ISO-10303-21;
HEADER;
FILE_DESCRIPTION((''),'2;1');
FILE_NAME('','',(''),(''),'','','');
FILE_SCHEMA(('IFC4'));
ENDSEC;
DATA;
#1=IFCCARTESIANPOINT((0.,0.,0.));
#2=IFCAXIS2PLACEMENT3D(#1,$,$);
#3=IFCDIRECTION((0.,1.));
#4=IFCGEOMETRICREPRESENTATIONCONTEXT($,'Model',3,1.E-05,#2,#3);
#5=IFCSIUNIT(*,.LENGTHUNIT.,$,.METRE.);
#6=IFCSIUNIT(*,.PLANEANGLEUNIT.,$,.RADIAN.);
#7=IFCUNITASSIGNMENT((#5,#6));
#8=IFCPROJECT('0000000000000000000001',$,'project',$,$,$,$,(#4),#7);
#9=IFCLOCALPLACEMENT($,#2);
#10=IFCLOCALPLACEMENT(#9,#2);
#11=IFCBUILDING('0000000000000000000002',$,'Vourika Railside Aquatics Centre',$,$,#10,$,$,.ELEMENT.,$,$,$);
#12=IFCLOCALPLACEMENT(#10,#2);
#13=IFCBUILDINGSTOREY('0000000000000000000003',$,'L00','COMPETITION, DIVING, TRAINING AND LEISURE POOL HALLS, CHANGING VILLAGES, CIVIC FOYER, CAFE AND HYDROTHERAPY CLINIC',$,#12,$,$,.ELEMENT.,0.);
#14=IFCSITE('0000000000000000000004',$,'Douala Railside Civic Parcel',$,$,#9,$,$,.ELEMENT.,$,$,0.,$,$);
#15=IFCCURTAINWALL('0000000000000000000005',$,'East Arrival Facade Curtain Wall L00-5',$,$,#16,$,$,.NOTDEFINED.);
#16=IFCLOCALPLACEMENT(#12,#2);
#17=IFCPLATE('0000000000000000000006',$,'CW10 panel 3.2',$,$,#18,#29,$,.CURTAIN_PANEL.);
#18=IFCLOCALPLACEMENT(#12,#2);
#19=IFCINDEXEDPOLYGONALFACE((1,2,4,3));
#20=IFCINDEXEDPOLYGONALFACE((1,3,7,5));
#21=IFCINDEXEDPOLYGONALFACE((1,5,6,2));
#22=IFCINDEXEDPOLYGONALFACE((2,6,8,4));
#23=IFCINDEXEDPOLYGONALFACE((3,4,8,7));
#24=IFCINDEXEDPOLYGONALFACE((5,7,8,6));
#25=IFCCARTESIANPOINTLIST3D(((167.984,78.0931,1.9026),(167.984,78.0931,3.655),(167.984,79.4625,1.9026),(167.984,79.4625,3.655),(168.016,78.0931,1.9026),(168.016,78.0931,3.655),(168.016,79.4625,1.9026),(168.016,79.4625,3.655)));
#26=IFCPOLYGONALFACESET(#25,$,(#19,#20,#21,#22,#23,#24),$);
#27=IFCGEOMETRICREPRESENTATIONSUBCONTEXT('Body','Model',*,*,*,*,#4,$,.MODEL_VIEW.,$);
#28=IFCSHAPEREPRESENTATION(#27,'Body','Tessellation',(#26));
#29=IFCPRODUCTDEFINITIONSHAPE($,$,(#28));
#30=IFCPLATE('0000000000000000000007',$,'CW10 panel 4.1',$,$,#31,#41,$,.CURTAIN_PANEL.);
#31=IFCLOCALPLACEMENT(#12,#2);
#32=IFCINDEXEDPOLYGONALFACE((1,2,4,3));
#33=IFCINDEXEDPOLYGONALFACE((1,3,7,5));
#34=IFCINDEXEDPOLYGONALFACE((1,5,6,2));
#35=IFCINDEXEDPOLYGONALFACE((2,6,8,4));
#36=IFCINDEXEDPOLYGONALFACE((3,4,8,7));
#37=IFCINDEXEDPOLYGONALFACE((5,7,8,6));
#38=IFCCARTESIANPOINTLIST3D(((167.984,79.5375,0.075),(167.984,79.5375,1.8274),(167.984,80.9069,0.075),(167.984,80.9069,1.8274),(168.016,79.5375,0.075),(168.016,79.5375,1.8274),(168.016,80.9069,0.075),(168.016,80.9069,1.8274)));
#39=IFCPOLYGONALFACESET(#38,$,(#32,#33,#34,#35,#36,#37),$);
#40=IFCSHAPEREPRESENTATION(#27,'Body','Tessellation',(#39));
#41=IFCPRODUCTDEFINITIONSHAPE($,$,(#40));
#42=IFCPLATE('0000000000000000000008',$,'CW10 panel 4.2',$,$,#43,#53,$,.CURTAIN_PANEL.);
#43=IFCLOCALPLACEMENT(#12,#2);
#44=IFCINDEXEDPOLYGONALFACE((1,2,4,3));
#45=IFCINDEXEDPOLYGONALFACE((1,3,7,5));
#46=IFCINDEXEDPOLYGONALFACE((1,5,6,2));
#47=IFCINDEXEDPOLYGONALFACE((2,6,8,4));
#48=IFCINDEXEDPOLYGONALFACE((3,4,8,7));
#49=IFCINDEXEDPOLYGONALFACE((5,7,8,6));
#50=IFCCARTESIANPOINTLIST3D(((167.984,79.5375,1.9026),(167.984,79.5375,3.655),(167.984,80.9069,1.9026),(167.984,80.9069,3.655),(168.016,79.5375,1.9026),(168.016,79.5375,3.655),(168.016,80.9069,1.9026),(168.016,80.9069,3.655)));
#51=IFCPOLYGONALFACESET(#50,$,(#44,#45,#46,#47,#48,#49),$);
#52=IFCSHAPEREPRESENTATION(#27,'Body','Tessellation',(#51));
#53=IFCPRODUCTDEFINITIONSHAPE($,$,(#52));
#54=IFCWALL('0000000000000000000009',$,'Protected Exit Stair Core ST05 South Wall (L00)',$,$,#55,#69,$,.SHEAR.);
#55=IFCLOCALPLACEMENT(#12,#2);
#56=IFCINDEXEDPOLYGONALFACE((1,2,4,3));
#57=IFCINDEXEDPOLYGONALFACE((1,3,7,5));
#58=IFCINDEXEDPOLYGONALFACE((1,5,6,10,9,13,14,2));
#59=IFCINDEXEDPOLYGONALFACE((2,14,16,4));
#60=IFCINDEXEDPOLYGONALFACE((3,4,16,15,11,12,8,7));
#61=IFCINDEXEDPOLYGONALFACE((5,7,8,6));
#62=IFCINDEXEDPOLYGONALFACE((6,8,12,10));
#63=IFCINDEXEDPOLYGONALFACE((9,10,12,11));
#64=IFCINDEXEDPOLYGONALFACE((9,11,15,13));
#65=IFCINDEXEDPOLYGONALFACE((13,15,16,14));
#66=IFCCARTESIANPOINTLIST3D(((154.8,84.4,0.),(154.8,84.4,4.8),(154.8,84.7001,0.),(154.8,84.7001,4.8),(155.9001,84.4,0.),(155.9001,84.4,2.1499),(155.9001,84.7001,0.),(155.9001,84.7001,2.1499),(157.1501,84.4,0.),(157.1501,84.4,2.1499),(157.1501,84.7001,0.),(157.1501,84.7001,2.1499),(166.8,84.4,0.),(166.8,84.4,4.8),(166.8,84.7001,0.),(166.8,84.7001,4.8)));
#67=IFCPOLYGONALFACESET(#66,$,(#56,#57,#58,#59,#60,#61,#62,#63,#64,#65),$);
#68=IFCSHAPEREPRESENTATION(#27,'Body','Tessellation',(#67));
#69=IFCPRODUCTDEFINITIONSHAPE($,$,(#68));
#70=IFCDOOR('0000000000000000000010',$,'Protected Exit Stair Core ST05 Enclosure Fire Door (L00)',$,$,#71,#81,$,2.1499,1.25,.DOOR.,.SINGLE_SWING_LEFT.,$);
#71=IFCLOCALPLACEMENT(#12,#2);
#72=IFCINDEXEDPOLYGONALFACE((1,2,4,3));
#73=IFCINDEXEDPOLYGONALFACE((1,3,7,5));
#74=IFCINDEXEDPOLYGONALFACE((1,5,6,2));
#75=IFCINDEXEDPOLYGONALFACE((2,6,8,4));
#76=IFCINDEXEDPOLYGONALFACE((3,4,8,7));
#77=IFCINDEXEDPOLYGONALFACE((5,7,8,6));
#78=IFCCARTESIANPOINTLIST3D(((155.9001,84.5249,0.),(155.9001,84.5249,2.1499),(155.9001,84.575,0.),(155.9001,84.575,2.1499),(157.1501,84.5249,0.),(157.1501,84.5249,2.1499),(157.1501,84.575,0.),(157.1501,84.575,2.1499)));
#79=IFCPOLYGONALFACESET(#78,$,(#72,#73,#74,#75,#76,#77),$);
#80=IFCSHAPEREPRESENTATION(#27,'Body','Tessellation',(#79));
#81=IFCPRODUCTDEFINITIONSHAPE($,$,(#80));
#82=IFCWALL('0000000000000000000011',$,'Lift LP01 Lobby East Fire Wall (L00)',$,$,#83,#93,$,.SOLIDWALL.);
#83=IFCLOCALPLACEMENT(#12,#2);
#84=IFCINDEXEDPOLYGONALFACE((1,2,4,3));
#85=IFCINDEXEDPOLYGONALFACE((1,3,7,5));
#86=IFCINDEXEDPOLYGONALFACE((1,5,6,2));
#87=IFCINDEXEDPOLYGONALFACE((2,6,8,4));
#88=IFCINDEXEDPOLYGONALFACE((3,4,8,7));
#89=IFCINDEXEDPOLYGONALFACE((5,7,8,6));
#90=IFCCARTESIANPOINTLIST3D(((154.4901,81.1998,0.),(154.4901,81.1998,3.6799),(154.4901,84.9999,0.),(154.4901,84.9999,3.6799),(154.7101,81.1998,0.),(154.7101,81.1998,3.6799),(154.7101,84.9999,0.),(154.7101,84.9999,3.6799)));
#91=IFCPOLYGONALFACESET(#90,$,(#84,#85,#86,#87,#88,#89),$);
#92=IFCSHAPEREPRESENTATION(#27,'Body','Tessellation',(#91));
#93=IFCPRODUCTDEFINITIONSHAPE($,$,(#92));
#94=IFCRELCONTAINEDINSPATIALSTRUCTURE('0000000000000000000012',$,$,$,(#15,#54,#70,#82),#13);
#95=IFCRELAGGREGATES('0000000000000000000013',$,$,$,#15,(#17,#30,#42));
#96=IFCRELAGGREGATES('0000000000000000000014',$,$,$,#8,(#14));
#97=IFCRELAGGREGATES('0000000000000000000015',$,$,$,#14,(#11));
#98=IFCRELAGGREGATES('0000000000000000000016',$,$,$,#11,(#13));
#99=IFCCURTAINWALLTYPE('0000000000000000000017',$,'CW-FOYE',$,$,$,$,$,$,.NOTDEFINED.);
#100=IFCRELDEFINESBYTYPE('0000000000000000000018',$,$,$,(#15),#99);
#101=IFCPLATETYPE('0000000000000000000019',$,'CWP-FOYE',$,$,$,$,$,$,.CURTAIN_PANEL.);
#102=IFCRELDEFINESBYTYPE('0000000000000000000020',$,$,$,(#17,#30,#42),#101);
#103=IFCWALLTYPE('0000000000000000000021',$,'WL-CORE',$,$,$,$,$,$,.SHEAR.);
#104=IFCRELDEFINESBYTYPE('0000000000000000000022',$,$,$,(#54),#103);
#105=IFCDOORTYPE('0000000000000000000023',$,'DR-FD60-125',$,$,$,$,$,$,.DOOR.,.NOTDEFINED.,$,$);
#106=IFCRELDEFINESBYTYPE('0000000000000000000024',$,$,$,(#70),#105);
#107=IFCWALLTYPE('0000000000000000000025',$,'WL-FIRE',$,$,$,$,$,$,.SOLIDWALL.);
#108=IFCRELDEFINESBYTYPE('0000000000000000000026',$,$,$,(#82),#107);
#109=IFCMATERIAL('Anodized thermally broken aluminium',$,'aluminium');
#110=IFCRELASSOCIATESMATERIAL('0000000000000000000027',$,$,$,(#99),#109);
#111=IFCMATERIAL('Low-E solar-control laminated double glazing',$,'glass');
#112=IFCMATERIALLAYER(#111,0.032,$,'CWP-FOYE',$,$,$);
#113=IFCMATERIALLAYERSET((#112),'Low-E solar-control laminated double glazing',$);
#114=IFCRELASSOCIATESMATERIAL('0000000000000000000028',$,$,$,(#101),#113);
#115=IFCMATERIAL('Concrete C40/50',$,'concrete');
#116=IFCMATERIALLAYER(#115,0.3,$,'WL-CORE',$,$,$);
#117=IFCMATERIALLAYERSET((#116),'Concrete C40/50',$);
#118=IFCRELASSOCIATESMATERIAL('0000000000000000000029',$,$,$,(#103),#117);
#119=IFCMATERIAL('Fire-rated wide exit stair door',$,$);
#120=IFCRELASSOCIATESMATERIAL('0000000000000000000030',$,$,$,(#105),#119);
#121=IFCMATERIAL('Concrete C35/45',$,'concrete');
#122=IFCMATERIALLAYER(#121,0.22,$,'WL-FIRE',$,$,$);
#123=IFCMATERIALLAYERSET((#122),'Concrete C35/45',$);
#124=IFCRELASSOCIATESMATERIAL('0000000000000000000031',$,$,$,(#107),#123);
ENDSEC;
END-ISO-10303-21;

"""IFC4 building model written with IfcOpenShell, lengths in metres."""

from ifc_helpers import new_model, si_unit, direction, frame, frame_2d, origin, origin_2d, place, context, subcontext, project, spatial, rectangle, extrude, material, layer, layer_set, type_object, element, fill, aggregate, save


model = new_model("IFC4")

# Units and contexts
model_context = context("Model", 3, precision=1e-05, world=origin(), true_north=direction((0.0, 1.0)))
body_context = subcontext(model_context, "Body", "Model", "MODEL_VIEW")
ifc_project = project(units=[si_unit("LENGTHUNIT", "METRE"), si_unit("PLANEANGLEUNIT", "RADIAN")], contexts=[model_context])

# Site, building, storey
site_placement = place(None, origin())
site = spatial("IfcSite", under=ifc_project, at=site_placement, Name="Douala Railside Civic Parcel", CompositionType="ELEMENT", RefElevation=0.0)
building_placement = place(site_placement, origin())
building = spatial("IfcBuilding", under=site, at=building_placement, Name="Vourika Railside Aquatics Centre", CompositionType="ELEMENT")
storey_placement = place(building_placement, origin())
storey = spatial("IfcBuildingStorey", under=building, at=storey_placement, Name="L00", Description="COMPETITION, DIVING, TRAINING AND LEISURE POOL HALLS, CHANGING VILLAGES, CIVIC FOYER, CAFE AND HYDROTHERAPY CLINIC", CompositionType="ELEMENT", Elevation=0.0)

# Shared definitions
ifc_material_1 = material(Name="Concrete C35/45", Category="concrete")

# Shared definitions
ifc_material_2 = material(Name="Concrete C40/50", Category="concrete")

# Curtain wall, plates
ifc_material_3 = material(Name="Anodized thermally broken aluminium", Category="aluminium")
curtain_wall_type = type_object("IfcCurtainWallType", Name="CW-FOYE", PredefinedType="NOTDEFINED", material=ifc_material_3)
curtain_wall_placement = place(storey_placement, origin())
curtain_wall = element("IfcCurtainWall", 1, at=curtain_wall_placement, inside=storey, type_object=curtain_wall_type, Name="East Arrival Facade Curtain Wall L00-5", PredefinedType="NOTDEFINED")
ifc_material_4 = material(Name="Low-E solar-control laminated double glazing", Category="glass")
ifc_layer_1 = layer(ifc_material_4, 0.032, Name="CWP-FOYE")
ifc_layer_set_1 = layer_set([ifc_layer_1], Name="Low-E solar-control laminated double glazing")
plate_type = type_object("IfcPlateType", Name="CWP-FOYE", PredefinedType="CURTAIN_PANEL", material=ifc_layer_set_1)
plate_1_placement = place(storey_placement, frame((168.0, 78.7778, 1.9026), z_axis=(0.0, 0.0, 1.0), x_axis=(0.0, 1.0, 0.0)))
plate_1 = element("IfcPlate", 2, at=plate_1_placement, type_object=plate_type, Name="CW10 panel 3.2", PredefinedType="CURTAIN_PANEL", context=body_context, shape_type="SweptSolid", body=[
    extrude(rectangle(XDim=1.3694, YDim=0.032, at=origin_2d()), origin(), (0.0, 0.0, 1.0), 1.7524),
])
plate_2_placement = place(storey_placement, frame((168.0, 80.2222, 0.075), z_axis=(0.0, 0.0, 1.0), x_axis=(0.0, 1.0, 0.0)))
plate_2 = element("IfcPlate", 3, at=plate_2_placement, type_object=plate_type, Name="CW10 panel 4.1", PredefinedType="CURTAIN_PANEL", context=body_context, shape_type="SweptSolid", body=[
    extrude(rectangle(XDim=1.3694, YDim=0.032, at=origin_2d()), origin(), (0.0, 0.0, 1.0), 1.7524),
])
plate_3_placement = place(storey_placement, frame((168.0, 80.2222, 1.9026), z_axis=(0.0, 0.0, 1.0), x_axis=(0.0, 1.0, 0.0)))
plate_3 = element("IfcPlate", 4, at=plate_3_placement, type_object=plate_type, Name="CW10 panel 4.2", PredefinedType="CURTAIN_PANEL", context=body_context, shape_type="SweptSolid", body=[
    extrude(rectangle(XDim=1.3694, YDim=0.032, at=origin_2d()), origin(), (0.0, 0.0, 1.0), 1.7524),
])
aggregate(curtain_wall, [plate_1, plate_2, plate_3])

# Wall, opening, door
ifc_layer_2 = layer(ifc_material_2, 0.3, Name="WL-CORE")
ifc_layer_set_2 = layer_set([ifc_layer_2], Name="Concrete C40/50")
wall_type_1 = type_object("IfcWallType", Name="WL-CORE", PredefinedType="SHEAR", material=ifc_layer_set_2)
wall_1_placement = place(storey_placement, frame((154.8, 84.55, 0.0), z_axis=(0.0, 0.0, 1.0), x_axis=(1.0, 0.0, 0.0)))
wall_1 = element("IfcWall", 5, at=wall_1_placement, inside=storey, type_object=wall_type_1, Name="Protected Exit Stair Core ST05 South Wall (L00)", PredefinedType="SHEAR", context=body_context, shape_type="SweptSolid", body=[
    extrude(rectangle(XDim=12.0, YDim=0.3, at=frame_2d((6.0, 0.0))), origin(), (0.0, 0.0, 1.0), 4.8),
])
opening_placement = place(wall_1_placement, frame((1.1001, 0.0, 0.0)))
opening = element("IfcOpeningElement", 6, at=opening_placement, cuts=wall_1, PredefinedType="OPENING", context=body_context, shape_type="SweptSolid", body=[
    extrude(rectangle(XDim=1.25, YDim=2.1499, at=frame_2d((0.625, 1.075))), frame((0.0, 0.1602, 0.0), z_axis=(0.0, -1.0, 0.0), x_axis=(1.0, 0.0, 0.0)), (0.0, 0.0, 1.0), 0.3201),
])
ifc_material_5 = material(Name="Fire-rated wide exit stair door")
door_type = type_object("IfcDoorType", Name="DR-FD60-125", OperationType="NOTDEFINED", PredefinedType="DOOR", material=ifc_material_5)
door_placement = place(opening_placement, origin())
door = element("IfcDoor", 7, at=door_placement, inside=storey, type_object=door_type, Name="Protected Exit Stair Core ST05 Enclosure Fire Door (L00)", OperationType="SINGLE_SWING_LEFT", OverallHeight=2.1499, OverallWidth=1.25, PredefinedType="DOOR", context=body_context, shape_type="SweptSolid", body=[
    extrude(rectangle(XDim=1.25, YDim=2.1499, at=frame_2d((0.625, 1.075))), frame((0.0, 0.0249, 0.0), z_axis=(0.0, -1.0, 0.0), x_axis=(1.0, 0.0, 0.0)), (0.0, 0.0, 1.0), 0.05),
])
fill(opening, door)

# Wall
ifc_layer_3 = layer(ifc_material_1, 0.22, Name="WL-FIRE")
ifc_layer_set_3 = layer_set([ifc_layer_3], Name="Concrete C35/45")
wall_type_2 = type_object("IfcWallType", Name="WL-FIRE", PredefinedType="SOLIDWALL", material=ifc_layer_set_3)
wall_2_placement = place(storey_placement, frame((154.6001, 81.2, 0.0), z_axis=(0.0, 0.0, 1.0), x_axis=(0.0, 1.0, 0.0)))
element("IfcWall", 8, at=wall_2_placement, inside=storey, type_object=wall_type_2, Name="Lift LP01 Lobby East Fire Wall (L00)", PredefinedType="SOLIDWALL", context=body_context, shape_type="SweptSolid", body=[
    extrude(rectangle(XDim=3.8, YDim=0.22, at=frame_2d((1.8999, 0.0))), origin(), (0.0, 0.0, 1.0), 3.6799),
])

save(model, "model.ifc")
